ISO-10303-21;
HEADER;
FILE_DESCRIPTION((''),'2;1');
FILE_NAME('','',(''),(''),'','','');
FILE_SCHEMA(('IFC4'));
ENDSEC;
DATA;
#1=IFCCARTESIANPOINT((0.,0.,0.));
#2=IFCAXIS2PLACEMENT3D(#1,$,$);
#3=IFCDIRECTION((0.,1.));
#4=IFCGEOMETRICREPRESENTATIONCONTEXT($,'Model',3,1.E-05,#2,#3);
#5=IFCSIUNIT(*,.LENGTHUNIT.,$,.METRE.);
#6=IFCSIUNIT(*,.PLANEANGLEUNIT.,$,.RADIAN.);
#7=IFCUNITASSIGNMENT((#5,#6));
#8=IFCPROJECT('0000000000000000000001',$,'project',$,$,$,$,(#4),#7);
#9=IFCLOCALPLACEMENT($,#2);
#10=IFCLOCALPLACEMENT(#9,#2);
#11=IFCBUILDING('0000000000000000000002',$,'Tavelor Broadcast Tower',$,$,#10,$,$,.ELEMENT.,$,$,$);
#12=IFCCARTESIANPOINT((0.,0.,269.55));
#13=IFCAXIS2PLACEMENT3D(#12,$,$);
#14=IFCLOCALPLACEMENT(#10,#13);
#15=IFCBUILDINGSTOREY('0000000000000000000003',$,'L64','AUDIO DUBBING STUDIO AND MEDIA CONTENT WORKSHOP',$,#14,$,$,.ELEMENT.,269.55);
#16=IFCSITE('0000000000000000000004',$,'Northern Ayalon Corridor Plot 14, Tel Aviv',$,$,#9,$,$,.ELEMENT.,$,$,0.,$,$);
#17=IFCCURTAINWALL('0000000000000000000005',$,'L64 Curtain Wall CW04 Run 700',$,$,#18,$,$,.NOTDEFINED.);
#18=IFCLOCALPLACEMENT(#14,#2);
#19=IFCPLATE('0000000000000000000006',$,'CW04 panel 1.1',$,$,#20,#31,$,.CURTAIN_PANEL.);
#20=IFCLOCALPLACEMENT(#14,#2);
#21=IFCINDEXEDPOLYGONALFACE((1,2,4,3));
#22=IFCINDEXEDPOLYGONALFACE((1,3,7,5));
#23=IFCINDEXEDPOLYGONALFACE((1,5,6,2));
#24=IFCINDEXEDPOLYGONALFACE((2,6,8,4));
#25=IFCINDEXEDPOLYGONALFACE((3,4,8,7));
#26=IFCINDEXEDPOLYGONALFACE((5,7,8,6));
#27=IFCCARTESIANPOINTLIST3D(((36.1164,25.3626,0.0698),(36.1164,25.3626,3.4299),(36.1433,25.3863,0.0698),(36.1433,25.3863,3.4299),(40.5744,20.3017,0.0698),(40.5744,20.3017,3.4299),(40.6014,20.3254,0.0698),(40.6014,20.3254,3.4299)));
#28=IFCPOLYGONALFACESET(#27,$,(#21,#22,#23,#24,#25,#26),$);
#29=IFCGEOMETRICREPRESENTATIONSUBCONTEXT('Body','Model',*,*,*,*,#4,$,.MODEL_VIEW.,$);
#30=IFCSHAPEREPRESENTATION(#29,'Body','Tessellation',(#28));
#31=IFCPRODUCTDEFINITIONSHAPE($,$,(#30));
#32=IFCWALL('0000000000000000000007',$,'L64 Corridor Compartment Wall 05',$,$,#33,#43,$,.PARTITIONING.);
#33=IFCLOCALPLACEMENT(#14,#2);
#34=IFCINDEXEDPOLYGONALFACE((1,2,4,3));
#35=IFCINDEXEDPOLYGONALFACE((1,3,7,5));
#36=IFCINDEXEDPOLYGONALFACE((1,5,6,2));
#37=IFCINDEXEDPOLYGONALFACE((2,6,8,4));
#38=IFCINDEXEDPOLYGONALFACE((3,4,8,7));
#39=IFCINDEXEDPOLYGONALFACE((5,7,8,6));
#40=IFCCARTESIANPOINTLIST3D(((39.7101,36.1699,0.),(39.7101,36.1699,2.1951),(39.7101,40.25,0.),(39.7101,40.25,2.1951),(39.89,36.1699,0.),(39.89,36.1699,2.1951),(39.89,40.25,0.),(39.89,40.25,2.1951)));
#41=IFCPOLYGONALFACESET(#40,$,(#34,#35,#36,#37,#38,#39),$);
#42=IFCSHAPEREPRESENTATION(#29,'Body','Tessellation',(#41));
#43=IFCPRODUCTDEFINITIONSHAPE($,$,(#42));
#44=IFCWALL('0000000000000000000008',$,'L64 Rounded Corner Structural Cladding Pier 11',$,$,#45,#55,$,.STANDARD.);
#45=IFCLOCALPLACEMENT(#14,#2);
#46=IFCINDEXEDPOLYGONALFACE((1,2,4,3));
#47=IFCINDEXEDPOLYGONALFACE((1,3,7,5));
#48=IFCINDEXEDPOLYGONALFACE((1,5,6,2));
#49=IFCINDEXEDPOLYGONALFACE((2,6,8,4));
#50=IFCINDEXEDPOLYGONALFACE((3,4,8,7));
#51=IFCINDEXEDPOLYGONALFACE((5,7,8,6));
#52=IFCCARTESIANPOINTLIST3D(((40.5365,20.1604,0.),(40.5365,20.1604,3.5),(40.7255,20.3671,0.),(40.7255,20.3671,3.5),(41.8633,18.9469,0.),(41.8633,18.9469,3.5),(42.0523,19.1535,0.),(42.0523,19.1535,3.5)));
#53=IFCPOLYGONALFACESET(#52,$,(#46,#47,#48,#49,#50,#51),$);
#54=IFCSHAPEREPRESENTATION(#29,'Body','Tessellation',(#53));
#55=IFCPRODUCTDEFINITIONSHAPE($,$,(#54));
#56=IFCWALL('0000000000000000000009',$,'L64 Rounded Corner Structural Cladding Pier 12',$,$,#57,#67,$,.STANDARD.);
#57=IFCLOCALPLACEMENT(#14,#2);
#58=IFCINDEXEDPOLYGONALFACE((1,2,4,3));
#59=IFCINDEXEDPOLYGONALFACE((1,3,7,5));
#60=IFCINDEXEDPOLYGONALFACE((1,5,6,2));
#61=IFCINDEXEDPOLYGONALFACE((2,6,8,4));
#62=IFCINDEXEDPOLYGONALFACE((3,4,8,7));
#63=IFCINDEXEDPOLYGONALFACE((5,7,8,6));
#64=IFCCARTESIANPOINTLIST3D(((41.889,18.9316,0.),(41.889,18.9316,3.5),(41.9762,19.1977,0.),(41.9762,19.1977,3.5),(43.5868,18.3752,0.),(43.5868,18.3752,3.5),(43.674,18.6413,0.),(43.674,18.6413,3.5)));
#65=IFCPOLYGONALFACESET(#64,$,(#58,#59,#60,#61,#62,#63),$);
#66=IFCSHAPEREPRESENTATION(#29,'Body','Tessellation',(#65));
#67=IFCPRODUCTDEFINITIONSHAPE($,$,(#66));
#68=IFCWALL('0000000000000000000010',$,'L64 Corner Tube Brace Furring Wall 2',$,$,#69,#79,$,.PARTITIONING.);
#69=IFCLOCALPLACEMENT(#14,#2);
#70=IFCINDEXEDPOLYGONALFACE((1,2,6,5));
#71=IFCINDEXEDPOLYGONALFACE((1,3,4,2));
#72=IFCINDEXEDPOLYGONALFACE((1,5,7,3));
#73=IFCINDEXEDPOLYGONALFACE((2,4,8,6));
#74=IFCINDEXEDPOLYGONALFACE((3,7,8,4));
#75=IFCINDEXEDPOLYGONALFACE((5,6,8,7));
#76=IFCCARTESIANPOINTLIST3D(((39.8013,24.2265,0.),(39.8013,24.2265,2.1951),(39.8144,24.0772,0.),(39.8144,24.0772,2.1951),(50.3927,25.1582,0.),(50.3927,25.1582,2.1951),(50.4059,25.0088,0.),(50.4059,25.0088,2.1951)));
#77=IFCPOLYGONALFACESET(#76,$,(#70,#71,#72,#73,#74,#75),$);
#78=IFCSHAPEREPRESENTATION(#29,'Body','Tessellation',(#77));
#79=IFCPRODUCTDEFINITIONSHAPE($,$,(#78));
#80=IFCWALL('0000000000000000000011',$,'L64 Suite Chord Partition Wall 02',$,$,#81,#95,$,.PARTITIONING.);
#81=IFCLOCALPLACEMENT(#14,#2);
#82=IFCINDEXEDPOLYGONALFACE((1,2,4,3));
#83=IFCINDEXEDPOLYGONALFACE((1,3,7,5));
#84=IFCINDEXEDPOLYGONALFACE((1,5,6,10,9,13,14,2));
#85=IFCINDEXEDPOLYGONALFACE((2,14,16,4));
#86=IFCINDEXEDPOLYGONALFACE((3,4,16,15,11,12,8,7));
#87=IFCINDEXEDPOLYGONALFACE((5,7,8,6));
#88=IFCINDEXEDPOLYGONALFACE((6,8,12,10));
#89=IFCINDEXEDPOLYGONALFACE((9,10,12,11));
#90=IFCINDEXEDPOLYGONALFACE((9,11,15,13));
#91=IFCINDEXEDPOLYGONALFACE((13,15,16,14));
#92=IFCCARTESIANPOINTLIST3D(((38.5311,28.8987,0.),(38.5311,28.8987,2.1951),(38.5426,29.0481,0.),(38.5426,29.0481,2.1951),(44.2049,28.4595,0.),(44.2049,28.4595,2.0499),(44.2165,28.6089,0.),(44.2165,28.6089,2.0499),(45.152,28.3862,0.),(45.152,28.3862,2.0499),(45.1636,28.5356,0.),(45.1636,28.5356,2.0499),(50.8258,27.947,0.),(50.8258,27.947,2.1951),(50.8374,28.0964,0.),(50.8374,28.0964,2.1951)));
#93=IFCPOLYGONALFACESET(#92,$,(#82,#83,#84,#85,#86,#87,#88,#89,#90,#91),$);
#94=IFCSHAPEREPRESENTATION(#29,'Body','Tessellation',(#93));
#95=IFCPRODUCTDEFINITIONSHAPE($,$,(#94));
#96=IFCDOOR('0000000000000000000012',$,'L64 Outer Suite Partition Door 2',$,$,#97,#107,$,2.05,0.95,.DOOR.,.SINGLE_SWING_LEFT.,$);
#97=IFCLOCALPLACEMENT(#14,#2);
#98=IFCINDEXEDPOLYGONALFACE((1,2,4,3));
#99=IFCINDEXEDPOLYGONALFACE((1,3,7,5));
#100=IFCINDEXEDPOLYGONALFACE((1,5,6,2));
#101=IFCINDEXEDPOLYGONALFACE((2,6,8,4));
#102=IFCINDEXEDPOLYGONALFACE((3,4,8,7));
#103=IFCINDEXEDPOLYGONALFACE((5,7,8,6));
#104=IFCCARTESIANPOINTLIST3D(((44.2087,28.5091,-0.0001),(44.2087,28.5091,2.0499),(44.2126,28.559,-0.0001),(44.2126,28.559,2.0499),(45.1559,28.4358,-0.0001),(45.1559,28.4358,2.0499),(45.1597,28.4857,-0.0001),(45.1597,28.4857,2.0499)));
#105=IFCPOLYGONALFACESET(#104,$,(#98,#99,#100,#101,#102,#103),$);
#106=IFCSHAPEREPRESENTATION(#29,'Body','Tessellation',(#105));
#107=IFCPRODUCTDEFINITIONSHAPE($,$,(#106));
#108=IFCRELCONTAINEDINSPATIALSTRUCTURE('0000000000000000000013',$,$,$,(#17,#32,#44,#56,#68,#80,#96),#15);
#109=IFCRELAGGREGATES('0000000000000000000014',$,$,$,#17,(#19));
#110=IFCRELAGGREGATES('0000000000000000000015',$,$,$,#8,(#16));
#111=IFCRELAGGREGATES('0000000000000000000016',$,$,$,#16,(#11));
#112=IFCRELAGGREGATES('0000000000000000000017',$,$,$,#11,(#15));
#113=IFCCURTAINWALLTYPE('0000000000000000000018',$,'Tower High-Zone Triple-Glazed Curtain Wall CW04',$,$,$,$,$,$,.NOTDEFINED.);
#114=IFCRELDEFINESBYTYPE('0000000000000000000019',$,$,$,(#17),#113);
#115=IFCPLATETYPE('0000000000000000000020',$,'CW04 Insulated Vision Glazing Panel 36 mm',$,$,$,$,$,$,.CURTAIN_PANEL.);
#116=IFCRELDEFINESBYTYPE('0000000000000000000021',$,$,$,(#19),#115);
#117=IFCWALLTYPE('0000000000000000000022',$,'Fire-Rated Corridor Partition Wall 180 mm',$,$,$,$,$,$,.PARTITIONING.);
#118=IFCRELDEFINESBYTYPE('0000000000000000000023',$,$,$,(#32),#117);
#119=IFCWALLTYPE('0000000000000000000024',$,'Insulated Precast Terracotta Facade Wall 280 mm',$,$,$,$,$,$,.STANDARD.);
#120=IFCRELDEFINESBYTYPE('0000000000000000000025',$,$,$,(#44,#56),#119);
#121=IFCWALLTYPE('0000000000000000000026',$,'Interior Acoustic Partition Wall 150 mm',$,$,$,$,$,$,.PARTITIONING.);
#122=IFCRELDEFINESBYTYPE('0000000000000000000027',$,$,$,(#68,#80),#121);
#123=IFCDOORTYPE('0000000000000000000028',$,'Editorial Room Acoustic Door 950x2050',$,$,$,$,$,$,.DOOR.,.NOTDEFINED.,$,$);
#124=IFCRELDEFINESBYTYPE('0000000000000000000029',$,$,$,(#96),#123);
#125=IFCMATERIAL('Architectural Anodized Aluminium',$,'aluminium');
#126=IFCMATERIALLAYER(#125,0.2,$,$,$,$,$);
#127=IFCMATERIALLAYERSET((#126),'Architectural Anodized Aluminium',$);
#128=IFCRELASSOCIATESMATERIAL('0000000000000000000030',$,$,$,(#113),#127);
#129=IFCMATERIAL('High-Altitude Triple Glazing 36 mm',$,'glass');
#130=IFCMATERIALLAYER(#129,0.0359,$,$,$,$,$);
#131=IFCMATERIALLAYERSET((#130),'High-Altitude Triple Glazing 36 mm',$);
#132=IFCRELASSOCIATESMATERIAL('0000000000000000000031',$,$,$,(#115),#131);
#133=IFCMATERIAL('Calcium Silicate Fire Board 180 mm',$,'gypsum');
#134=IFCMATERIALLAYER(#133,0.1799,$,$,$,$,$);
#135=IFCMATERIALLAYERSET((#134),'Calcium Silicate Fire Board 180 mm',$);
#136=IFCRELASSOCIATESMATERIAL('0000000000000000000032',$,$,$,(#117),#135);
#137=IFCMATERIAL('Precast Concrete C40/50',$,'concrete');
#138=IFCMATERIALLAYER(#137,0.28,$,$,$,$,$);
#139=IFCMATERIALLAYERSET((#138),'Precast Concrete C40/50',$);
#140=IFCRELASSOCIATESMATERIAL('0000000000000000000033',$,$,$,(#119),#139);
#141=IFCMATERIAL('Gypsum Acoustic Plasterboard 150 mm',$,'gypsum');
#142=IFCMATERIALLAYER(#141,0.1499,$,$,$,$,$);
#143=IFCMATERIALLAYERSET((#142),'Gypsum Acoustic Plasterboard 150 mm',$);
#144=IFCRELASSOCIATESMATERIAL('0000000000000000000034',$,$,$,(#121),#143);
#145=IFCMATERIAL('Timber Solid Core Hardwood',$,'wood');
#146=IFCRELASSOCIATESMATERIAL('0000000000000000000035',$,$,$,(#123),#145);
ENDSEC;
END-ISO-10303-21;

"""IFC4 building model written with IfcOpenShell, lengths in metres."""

from ifc_helpers import new_model, si_unit, direction, frame, frame_2d, origin, origin_2d, place, context, subcontext, project, spatial, rectangle, extrude, source, transform, mapped, material, layer, layer_set, type_object, type_shapes, element, fill, aggregate, save


model = new_model("IFC4")

# Units and contexts
model_context = context("Model", 3, precision=1e-05, world=origin(), true_north=direction((0.0, 1.0)))
body_context = subcontext(model_context, "Body", "Model", "MODEL_VIEW")
ifc_project = project(units=[si_unit("LENGTHUNIT", "METRE"), si_unit("PLANEANGLEUNIT", "RADIAN")], contexts=[model_context])

# Site, building, storey
site_placement = place(None, origin())
site = spatial("IfcSite", under=ifc_project, at=site_placement, Name="Northern Ayalon Corridor Plot 14, Tel Aviv", CompositionType="ELEMENT", RefElevation=0.0)
building_placement = place(site_placement, origin())
building = spatial("IfcBuilding", under=site, at=building_placement, Name="Tavelor Broadcast Tower", CompositionType="ELEMENT")
storey_placement = place(building_placement, frame((0.0, 0.0, 269.55)))
storey = spatial("IfcBuildingStorey", under=building, at=storey_placement, Name="L64", Description="AUDIO DUBBING STUDIO AND MEDIA CONTENT WORKSHOP", CompositionType="ELEMENT", Elevation=269.55)

# Curtain wall
ifc_material_1 = material(Name="Architectural Anodized Aluminium", Category="aluminium")
ifc_layer_1 = layer(ifc_material_1, 0.2)
ifc_layer_set_1 = layer_set([ifc_layer_1], Name="Architectural Anodized Aluminium")
curtain_wall_type = type_object("IfcCurtainWallType", Name="Tower High-Zone Triple-Glazed Curtain Wall CW04", PredefinedType="NOTDEFINED", material=ifc_layer_set_1)
curtain_wall_placement = place(storey_placement, origin())
curtain_wall = element("IfcCurtainWall", 1, at=curtain_wall_placement, inside=storey, type_object=curtain_wall_type, Name="L64 Curtain Wall CW04 Run 700", PredefinedType="NOTDEFINED")

# Plate
ifc_material_2 = material(Name="High-Altitude Triple Glazing 36 mm", Category="glass")
ifc_layer_2 = layer(ifc_material_2, 0.0359)
ifc_layer_set_2 = layer_set([ifc_layer_2], Name="High-Altitude Triple Glazing 36 mm")
plate_type_1 = type_object("IfcPlateType", Name="CW04 Insulated Vision Glazing Panel 36 mm", PredefinedType="CURTAIN_PANEL", material=ifc_layer_set_2)
shared_shape_1 = source(origin(), body_context, "Body", "SweptSolid", [
    extrude(rectangle(XDim=6.7444, YDim=0.0359, at=origin_2d()), origin(), (0.0, 0.0, 1.0), 3.3601),
])
type_shapes(plate_type_1, [shared_shape_1])
plate_placement = place(storey_placement, frame((38.3589, 22.844, 0.0698), z_axis=(0.0, 0.0, 1.0), x_axis=(0.660998, -0.750388, 0.0)))
plate = element("IfcPlate", 2, at=plate_placement, type_object=plate_type_1, Name="CW04 panel 1.1", PredefinedType="CURTAIN_PANEL", context=body_context, shape_type="MappedRepresentation", body=[
    mapped(shared_shape_1, transform((0.0, 0.0, 0.0), scale=1.0)),
])
aggregate(curtain_wall, [plate])

# Walls
ifc_material_3 = material(Name="Calcium Silicate Fire Board 180 mm", Category="gypsum")
ifc_layer_3 = layer(ifc_material_3, 0.1799)
ifc_layer_set_3 = layer_set([ifc_layer_3], Name="Calcium Silicate Fire Board 180 mm")
wall_type_1 = type_object("IfcWallType", Name="Fire-Rated Corridor Partition Wall 180 mm", PredefinedType="PARTITIONING", material=ifc_layer_set_3)
wall_1_placement = place(storey_placement, frame((39.8, 36.1699, 0.0), z_axis=(0.0, 0.0, 1.0), x_axis=(0.0, 1.0, 0.0)))
element("IfcWall", 3, at=wall_1_placement, inside=storey, type_object=wall_type_1, Name="L64 Corridor Compartment Wall 05", PredefinedType="PARTITIONING", context=body_context, shape_type="SweptSolid", body=[
    extrude(rectangle(XDim=4.0801, YDim=0.1799, at=frame_2d((2.04, 0.0))), origin(), (0.0, 0.0, 1.0), 2.1951),
])
ifc_material_4 = material(Name="Precast Concrete C40/50", Category="concrete")
ifc_layer_4 = layer(ifc_material_4, 0.28)
ifc_layer_set_4 = layer_set([ifc_layer_4], Name="Precast Concrete C40/50")
wall_type_2 = type_object("IfcWallType", Name="Insulated Precast Terracotta Facade Wall 280 mm", PredefinedType="STANDARD", material=ifc_layer_set_4)
wall_2_placement = place(storey_placement, frame((40.6311, 20.2637, 0.0), z_axis=(0.0, 0.0, 1.0), x_axis=(0.737903, -0.674907, 0.0)))
element("IfcWall", 4, at=wall_2_placement, inside=storey, type_object=wall_type_2, Name="L64 Rounded Corner Structural Cladding Pier 11", PredefinedType="STANDARD", context=body_context, shape_type="SweptSolid", body=[
    extrude(rectangle(XDim=1.7981, YDim=0.28, at=frame_2d((0.8989, 0.0))), origin(), (0.0, 0.0, 1.0), 3.5),
])
wall_3_placement = place(storey_placement, frame((41.9326, 19.0647, 0.0), z_axis=(0.0, 0.0, 1.0), x_axis=(0.95027, -0.311427, 0.0)))
element("IfcWall", 5, at=wall_3_placement, inside=storey, type_object=wall_type_2, Name="L64 Rounded Corner Structural Cladding Pier 12", PredefinedType="STANDARD", context=body_context, shape_type="SweptSolid", body=[
    extrude(rectangle(XDim=1.7866, YDim=0.28, at=frame_2d((0.8933, 0.0))), origin(), (0.0, 0.0, 1.0), 3.5),
])
ifc_material_5 = material(Name="Gypsum Acoustic Plasterboard 150 mm", Category="gypsum")
ifc_layer_5 = layer(ifc_material_5, 0.1499)
ifc_layer_set_5 = layer_set([ifc_layer_5], Name="Gypsum Acoustic Plasterboard 150 mm")
wall_type_3 = type_object("IfcWallType", Name="Interior Acoustic Partition Wall 150 mm", PredefinedType="PARTITIONING", material=ifc_layer_set_5)
wall_4_placement = place(storey_placement, frame((39.8079, 24.1519, 0.0), z_axis=(0.0, 0.0, 1.0), x_axis=(0.996154, 0.087624, 0.0)))
element("IfcWall", 6, at=wall_4_placement, inside=storey, type_object=wall_type_3, Name="L64 Corner Tube Brace Furring Wall 2", PredefinedType="PARTITIONING", context=body_context, shape_type="SweptSolid", body=[
    extrude(rectangle(XDim=10.6323, YDim=0.1499, at=frame_2d((5.3162, 0.0))), origin(), (0.0, 0.0, 1.0), 2.1951),
])

# Wall, opening, door
wall_5_placement = place(storey_placement, frame((38.5369, 28.9734, 0.0), z_axis=(0.0, 0.0, 1.0), x_axis=(0.997018, -0.077173, 0.0)))
wall_5 = element("IfcWall", 7, at=wall_5_placement, inside=storey, type_object=wall_type_3, Name="L64 Suite Chord Partition Wall 02", PredefinedType="PARTITIONING", context=body_context, shape_type="SweptSolid", body=[
    extrude(rectangle(XDim=12.3315, YDim=0.1499, at=frame_2d((6.1658, 0.0))), origin(), (0.0, 0.0, 1.0), 2.1951),
])
opening_placement = place(wall_5_placement, frame((5.6907, 0.0, 0.0)))
opening = element("IfcOpeningElement", 8, at=opening_placement, cuts=wall_5, PredefinedType="OPENING", context=body_context, shape_type="SweptSolid", body=[
    extrude(rectangle(XDim=0.95, YDim=2.05, at=frame_2d((0.4751, 1.0249))), frame((0.0, 0.085, 0.0), z_axis=(0.0, -1.0, 0.0), x_axis=(1.0, 0.0, 0.0)), (0.0, 0.0, 1.0), 0.1699),
])
ifc_material_6 = material(Name="Timber Solid Core Hardwood", Category="wood")
door_type = type_object("IfcDoorType", Name="Editorial Room Acoustic Door 950x2050", OperationType="NOTDEFINED", PredefinedType="DOOR", material=ifc_material_6)
door_placement = place(opening_placement, origin())
door = element("IfcDoor", 9, at=door_placement, inside=storey, type_object=door_type, Name="L64 Outer Suite Partition Door 2", OperationType="SINGLE_SWING_LEFT", OverallHeight=2.05, OverallWidth=0.95, PredefinedType="DOOR", context=body_context, shape_type="SweptSolid", body=[
    extrude(rectangle(XDim=0.95, YDim=2.05, at=frame_2d((0.4751, 1.0249))), frame((0.0, 0.0249, 0.0), z_axis=(0.0, -1.0, 0.0), x_axis=(1.0, 0.0, 0.0)), (0.0, 0.0, 1.0), 0.05),
])
fill(opening, door)

save(model, "model.ifc")
